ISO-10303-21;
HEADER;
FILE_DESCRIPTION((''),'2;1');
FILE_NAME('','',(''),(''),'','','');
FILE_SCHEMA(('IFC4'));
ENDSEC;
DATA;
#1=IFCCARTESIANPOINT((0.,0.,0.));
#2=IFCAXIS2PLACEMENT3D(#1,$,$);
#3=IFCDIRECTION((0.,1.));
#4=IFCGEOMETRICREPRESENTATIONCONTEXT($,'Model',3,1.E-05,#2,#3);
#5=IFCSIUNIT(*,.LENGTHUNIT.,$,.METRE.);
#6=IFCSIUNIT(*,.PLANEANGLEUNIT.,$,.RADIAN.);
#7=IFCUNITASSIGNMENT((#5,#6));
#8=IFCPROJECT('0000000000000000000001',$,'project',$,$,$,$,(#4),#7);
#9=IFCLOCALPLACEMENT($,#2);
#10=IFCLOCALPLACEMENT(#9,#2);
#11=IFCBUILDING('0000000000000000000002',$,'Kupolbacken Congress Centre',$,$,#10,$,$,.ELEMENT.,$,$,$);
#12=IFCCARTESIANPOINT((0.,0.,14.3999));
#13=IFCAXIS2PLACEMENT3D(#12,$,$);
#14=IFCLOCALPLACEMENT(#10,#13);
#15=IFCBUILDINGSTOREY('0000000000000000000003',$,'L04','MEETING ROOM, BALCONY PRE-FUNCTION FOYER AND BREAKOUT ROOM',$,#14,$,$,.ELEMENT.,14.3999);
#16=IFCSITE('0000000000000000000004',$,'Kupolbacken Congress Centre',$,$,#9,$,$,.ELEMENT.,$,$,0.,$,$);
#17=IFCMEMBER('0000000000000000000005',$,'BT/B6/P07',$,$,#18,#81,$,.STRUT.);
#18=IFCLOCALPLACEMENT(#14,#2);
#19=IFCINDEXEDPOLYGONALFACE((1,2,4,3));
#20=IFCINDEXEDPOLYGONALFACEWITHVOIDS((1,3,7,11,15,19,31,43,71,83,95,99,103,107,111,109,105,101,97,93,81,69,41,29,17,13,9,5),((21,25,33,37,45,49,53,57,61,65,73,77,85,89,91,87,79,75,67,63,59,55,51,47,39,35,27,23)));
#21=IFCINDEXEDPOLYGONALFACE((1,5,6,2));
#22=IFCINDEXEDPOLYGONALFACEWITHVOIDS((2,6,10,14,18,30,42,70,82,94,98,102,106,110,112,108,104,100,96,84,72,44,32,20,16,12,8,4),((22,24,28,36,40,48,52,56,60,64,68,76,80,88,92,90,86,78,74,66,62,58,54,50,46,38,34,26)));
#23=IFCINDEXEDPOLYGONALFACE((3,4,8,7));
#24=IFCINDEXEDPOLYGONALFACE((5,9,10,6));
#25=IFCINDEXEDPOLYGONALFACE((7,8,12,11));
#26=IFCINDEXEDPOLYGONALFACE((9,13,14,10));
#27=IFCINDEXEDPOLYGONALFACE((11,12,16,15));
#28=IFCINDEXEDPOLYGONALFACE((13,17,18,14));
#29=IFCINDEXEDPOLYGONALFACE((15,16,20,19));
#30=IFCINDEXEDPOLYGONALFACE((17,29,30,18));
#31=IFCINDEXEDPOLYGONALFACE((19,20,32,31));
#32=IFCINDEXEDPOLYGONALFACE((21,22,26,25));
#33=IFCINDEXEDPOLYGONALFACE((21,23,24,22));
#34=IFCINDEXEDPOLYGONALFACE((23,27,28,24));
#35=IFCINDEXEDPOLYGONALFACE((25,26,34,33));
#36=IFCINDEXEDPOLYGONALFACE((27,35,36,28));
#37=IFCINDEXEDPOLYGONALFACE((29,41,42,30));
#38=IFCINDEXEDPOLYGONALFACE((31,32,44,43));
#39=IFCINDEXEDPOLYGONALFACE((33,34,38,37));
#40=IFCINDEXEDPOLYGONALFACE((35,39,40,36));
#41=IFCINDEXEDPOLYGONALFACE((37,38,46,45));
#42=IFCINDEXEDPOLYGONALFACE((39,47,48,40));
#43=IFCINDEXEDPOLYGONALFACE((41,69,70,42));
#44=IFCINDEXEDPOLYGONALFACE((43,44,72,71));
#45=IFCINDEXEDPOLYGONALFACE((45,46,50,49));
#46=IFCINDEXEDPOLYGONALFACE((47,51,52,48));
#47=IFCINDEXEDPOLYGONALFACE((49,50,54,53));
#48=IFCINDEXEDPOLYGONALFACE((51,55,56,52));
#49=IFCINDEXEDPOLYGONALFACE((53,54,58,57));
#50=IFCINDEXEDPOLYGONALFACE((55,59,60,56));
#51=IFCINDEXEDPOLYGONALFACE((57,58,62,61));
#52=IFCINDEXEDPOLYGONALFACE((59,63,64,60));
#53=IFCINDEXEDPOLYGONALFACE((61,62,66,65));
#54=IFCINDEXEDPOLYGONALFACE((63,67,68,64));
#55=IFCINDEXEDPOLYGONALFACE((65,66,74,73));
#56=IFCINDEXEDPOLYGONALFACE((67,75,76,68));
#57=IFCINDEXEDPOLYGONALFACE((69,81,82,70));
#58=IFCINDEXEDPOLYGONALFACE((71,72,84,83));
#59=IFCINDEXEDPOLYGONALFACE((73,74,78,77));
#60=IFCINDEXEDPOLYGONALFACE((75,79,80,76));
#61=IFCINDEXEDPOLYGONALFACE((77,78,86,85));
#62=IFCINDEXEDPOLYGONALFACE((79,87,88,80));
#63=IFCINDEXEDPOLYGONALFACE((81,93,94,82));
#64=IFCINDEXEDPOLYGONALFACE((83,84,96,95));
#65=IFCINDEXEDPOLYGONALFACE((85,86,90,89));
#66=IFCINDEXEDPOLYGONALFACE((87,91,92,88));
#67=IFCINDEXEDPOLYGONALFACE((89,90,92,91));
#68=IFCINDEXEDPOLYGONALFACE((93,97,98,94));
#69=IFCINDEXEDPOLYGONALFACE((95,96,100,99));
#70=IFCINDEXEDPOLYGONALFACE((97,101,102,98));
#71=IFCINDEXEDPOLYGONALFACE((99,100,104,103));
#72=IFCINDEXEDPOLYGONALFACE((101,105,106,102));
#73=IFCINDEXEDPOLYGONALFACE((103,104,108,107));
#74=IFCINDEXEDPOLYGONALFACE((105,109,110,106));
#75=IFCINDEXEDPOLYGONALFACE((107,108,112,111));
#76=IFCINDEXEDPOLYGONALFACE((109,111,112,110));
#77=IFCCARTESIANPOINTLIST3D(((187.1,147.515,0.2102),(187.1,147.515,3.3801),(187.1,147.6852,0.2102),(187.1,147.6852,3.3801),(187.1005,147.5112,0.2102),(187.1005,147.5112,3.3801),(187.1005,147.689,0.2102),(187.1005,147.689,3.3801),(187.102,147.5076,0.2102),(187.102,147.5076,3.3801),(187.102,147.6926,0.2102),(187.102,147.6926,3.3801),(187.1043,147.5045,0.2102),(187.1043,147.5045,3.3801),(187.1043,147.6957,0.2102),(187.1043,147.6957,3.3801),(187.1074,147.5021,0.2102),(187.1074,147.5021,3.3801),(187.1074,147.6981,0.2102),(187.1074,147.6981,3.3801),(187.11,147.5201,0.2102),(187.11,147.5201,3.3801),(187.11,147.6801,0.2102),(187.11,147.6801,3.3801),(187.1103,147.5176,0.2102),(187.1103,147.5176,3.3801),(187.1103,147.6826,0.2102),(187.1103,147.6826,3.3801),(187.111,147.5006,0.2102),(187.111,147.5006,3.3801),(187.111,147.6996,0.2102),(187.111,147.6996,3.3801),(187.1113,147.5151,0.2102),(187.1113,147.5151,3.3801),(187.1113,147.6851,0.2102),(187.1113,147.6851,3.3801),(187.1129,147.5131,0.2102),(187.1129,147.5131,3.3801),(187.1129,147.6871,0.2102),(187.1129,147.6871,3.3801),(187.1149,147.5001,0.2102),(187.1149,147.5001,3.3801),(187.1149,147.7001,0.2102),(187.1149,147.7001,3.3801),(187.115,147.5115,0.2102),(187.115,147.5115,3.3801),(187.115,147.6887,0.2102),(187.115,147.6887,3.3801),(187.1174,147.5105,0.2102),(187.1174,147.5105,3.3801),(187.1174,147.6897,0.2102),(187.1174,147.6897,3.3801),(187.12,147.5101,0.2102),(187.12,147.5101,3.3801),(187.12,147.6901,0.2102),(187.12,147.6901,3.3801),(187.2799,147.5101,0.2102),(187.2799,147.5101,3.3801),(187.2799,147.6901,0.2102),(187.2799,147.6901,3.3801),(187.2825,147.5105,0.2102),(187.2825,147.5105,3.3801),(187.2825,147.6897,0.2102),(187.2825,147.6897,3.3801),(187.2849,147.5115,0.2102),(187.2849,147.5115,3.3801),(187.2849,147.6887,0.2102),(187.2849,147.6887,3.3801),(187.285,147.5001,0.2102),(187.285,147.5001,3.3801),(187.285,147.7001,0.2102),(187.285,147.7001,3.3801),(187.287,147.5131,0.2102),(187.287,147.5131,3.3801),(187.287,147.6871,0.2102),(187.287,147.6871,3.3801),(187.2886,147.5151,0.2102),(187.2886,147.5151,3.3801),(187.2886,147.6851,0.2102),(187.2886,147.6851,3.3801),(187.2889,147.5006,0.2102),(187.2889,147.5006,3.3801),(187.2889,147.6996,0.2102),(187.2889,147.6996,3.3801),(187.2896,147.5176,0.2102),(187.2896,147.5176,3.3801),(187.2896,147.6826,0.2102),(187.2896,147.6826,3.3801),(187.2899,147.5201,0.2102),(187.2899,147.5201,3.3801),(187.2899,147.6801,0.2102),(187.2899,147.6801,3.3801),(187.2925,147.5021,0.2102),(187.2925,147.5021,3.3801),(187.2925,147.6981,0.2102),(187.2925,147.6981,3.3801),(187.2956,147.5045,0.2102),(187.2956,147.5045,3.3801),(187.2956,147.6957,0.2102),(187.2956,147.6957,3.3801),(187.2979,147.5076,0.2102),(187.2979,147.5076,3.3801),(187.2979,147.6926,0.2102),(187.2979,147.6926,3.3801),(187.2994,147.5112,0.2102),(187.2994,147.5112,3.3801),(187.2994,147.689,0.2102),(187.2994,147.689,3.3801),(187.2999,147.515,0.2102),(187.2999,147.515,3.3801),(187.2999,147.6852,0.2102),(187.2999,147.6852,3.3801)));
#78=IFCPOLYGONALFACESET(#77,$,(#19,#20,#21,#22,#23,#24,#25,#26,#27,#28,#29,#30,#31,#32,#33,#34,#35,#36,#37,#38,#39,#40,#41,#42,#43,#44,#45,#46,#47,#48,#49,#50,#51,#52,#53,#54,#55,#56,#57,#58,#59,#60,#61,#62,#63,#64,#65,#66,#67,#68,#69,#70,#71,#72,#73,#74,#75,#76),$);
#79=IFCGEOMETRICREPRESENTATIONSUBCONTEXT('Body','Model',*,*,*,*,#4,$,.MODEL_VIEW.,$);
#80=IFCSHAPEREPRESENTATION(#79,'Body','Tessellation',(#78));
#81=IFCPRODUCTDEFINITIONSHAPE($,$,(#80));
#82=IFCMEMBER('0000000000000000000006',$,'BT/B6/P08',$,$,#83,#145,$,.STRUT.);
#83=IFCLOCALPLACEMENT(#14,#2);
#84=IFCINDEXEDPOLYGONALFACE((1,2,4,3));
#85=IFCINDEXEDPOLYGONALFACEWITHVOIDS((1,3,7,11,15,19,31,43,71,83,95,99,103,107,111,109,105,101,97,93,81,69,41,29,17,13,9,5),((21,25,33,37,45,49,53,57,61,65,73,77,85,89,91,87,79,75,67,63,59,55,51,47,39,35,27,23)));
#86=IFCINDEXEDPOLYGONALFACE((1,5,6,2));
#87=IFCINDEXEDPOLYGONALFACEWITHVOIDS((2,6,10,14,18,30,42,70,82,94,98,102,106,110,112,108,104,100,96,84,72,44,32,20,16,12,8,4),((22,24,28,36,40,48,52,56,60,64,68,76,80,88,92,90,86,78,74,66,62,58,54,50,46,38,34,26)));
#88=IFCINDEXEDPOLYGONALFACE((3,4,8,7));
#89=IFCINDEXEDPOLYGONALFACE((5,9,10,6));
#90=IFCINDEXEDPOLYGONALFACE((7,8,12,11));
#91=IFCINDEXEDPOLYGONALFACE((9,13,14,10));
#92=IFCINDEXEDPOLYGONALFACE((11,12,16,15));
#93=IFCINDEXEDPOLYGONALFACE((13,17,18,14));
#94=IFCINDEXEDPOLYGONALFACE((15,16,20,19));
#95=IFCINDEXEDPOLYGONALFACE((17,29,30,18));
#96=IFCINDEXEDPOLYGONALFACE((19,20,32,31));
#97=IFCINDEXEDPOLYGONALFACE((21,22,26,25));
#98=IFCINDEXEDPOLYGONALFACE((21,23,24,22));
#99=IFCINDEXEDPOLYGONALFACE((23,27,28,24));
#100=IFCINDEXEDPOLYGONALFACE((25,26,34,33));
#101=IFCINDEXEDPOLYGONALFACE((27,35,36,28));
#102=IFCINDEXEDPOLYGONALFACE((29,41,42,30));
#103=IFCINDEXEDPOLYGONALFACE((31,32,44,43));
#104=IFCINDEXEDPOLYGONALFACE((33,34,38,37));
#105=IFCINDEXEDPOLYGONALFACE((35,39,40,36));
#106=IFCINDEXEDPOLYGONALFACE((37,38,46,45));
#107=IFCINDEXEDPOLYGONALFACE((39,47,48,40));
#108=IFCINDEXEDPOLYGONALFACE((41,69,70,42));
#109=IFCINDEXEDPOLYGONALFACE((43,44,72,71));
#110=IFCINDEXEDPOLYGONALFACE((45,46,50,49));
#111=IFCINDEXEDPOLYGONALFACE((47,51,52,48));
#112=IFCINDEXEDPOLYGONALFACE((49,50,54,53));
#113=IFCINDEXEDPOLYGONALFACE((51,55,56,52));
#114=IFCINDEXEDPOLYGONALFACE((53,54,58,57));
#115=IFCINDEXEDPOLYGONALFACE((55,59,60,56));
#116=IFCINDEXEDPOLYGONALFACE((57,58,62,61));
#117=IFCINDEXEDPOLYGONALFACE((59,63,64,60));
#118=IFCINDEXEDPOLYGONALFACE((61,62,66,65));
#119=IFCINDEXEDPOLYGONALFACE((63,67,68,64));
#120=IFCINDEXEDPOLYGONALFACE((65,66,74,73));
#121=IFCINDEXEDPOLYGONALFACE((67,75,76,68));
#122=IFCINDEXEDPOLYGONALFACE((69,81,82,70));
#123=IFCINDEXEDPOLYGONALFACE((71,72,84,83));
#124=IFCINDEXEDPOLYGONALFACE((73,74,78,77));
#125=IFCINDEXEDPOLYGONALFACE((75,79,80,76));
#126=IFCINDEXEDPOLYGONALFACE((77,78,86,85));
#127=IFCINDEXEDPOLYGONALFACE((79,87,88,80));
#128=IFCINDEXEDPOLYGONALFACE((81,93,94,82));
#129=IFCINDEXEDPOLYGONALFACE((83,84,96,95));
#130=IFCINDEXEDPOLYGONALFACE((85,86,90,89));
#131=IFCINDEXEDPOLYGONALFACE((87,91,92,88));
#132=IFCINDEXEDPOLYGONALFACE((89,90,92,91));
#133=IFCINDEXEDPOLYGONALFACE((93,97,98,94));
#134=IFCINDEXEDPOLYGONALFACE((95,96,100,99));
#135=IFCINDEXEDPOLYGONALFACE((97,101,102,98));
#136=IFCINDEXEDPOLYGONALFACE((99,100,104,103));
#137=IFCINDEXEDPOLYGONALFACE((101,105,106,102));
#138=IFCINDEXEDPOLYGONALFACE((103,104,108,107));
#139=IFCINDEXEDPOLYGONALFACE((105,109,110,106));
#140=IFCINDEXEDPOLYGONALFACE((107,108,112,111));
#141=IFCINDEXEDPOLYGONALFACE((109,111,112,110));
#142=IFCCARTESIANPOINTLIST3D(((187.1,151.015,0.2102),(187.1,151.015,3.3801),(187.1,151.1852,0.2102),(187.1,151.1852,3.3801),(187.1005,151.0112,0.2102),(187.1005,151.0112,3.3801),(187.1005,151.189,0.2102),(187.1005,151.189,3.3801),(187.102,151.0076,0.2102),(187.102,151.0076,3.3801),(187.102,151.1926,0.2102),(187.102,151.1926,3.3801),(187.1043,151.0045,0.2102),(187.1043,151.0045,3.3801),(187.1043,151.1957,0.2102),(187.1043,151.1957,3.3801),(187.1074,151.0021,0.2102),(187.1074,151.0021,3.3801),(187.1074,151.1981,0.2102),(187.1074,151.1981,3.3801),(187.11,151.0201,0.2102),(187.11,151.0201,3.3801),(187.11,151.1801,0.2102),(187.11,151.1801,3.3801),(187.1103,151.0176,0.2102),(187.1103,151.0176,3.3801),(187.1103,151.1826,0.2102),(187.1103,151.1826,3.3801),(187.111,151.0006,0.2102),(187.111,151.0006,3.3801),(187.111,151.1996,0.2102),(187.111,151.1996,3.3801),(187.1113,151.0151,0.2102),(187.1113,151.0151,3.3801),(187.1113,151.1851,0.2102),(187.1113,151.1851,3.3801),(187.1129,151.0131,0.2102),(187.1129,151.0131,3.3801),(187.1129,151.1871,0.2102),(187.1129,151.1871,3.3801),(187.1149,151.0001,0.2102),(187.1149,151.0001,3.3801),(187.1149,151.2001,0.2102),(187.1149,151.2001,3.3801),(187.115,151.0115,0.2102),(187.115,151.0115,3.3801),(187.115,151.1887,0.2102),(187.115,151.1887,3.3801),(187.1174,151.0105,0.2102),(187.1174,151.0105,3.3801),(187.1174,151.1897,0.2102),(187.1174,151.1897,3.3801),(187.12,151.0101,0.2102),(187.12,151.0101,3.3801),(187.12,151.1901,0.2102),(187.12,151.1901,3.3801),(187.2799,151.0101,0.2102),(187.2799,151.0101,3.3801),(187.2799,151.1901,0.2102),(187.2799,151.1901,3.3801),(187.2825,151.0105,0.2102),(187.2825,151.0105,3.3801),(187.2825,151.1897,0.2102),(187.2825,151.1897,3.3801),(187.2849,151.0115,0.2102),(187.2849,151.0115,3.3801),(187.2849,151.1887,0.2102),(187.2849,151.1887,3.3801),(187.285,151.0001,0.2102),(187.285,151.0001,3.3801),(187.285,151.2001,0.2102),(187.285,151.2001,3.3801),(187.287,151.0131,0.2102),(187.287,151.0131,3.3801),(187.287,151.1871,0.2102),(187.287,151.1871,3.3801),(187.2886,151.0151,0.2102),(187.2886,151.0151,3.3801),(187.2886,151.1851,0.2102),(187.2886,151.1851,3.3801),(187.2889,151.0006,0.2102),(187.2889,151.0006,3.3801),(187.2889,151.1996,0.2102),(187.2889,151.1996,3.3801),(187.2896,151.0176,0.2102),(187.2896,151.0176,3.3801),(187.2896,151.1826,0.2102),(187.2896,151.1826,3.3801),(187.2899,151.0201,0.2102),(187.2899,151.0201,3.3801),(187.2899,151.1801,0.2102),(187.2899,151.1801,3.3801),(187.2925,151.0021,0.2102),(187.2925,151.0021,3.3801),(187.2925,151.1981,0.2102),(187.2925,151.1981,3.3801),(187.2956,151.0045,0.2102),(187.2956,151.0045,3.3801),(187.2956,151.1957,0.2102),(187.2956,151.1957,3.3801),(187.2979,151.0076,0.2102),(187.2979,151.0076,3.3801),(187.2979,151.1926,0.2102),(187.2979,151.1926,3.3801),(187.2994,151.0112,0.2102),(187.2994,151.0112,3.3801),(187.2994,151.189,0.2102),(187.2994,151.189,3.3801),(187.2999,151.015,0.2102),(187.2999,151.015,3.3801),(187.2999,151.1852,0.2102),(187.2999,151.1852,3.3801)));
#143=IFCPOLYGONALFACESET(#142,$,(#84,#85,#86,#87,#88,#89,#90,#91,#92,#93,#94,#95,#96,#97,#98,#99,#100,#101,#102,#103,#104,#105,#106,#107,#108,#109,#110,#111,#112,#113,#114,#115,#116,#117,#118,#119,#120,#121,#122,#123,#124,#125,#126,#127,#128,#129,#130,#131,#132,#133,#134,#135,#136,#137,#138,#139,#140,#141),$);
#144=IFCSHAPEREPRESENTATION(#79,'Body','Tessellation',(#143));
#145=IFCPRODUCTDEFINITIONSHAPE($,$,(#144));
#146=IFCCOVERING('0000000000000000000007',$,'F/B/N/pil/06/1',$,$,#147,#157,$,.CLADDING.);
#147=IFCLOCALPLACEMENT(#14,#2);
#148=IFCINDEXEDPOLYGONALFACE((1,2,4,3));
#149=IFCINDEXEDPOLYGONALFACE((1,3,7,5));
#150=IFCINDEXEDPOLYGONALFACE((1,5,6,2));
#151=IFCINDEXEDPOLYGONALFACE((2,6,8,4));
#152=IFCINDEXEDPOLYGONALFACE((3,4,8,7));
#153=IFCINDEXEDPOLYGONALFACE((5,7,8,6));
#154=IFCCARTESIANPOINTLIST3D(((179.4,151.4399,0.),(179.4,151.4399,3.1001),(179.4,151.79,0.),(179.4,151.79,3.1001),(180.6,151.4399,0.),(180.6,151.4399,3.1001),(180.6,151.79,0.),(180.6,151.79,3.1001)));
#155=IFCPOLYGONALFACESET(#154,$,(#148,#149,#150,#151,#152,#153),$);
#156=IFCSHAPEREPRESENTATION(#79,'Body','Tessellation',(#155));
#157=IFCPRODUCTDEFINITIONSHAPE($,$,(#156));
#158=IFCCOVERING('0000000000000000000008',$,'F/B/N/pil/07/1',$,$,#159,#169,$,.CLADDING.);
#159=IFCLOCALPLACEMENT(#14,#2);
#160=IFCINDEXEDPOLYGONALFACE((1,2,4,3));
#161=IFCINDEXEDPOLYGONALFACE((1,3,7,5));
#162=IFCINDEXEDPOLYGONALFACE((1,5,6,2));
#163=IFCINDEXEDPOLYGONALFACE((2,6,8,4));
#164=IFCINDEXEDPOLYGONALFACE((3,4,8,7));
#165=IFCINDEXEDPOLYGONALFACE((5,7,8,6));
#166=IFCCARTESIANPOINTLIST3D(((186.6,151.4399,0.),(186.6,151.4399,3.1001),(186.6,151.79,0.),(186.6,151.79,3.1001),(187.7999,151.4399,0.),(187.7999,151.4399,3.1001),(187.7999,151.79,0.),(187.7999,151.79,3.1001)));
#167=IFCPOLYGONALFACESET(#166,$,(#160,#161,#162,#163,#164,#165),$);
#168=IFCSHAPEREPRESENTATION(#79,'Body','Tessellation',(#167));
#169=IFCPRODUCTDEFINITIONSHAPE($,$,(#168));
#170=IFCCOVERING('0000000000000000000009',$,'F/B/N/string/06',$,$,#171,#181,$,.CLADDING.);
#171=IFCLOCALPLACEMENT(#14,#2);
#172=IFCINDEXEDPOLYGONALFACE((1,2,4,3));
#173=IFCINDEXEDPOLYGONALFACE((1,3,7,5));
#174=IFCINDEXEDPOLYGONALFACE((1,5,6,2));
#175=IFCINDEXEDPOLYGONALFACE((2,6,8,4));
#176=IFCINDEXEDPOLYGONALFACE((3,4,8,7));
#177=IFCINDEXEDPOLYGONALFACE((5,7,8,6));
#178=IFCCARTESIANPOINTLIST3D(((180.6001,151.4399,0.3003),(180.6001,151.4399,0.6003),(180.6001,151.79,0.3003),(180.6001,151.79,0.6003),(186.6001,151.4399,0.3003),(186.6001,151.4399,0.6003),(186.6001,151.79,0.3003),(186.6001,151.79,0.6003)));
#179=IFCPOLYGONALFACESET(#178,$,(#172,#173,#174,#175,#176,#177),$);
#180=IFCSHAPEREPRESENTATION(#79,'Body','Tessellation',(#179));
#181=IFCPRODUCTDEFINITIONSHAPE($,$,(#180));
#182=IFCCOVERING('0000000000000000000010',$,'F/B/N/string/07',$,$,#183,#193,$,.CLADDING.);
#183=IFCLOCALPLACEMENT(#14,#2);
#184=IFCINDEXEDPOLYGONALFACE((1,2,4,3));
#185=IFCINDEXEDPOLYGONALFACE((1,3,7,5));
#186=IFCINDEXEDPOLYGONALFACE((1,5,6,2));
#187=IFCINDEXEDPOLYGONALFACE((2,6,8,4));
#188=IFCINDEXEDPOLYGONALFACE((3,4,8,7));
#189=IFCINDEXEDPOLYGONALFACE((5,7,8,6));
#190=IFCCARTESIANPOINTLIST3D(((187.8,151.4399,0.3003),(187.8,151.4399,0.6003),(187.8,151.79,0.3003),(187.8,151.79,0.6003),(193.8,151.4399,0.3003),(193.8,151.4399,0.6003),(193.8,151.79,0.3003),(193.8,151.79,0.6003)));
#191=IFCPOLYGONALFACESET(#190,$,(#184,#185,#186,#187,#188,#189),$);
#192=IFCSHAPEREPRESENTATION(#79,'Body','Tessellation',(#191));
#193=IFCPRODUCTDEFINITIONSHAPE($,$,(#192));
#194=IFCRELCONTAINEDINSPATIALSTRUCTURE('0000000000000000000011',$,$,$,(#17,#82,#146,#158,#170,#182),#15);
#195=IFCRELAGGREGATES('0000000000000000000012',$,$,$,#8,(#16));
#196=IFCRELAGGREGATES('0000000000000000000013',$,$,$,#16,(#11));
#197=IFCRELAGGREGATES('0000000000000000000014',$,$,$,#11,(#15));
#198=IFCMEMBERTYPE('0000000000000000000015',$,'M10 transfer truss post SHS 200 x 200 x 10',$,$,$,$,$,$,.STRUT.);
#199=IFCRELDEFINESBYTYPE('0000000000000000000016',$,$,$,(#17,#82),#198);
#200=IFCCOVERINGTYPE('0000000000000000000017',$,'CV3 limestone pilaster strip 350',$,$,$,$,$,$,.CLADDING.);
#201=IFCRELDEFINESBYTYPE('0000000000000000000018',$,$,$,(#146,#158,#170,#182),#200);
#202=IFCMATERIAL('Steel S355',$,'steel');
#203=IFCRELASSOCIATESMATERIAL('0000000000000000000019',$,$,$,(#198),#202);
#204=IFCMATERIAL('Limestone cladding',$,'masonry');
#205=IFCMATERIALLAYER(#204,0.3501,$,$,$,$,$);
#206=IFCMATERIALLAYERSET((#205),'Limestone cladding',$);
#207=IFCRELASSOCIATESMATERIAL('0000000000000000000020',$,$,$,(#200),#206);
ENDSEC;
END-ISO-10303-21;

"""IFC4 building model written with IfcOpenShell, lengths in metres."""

from ifc_helpers import new_model, si_unit, direction, frame, origin, origin_2d, place, context, subcontext, project, spatial, rectangle, hollow_rectangle, extrude, material, layer, layer_set, material_profile, profile_set, type_object, element, save


model = new_model("IFC4")

# Units and contexts
model_context = context("Model", 3, precision=1e-05, world=origin(), true_north=direction((0.0, 1.0)))
body_context = subcontext(model_context, "Body", "Model", "MODEL_VIEW")
ifc_project = project(units=[si_unit("LENGTHUNIT", "METRE"), si_unit("PLANEANGLEUNIT", "RADIAN")], contexts=[model_context])

# Site, building, storey
site_placement = place(None, origin())
site = spatial("IfcSite", under=ifc_project, at=site_placement, Name="Kupolbacken Congress Centre", CompositionType="ELEMENT", RefElevation=0.0)
building_placement = place(site_placement, origin())
building = spatial("IfcBuilding", under=site, at=building_placement, Name="Kupolbacken Congress Centre", CompositionType="ELEMENT")
storey_placement = place(building_placement, frame((0.0, 0.0, 14.3999)))
storey = spatial("IfcBuildingStorey", under=building, at=storey_placement, Name="L04", Description="MEETING ROOM, BALCONY PRE-FUNCTION FOYER AND BREAKOUT ROOM", CompositionType="ELEMENT", Elevation=14.3999)

# Members
ifc_material_1 = material(Name="Steel S355", Category="steel")
ifc_material_profile_1 = material_profile(ifc_material_1, hollow_rectangle(XDim=0.2, YDim=0.2, WallThickness=0.01, InnerFilletRadius=0.01, OuterFilletRadius=0.0149, at=origin_2d()), Name="SHS 200 x 200 x 10")
ifc_profile_set_1 = profile_set([ifc_material_profile_1], Name="Steel S355")
member_type_1 = type_object("IfcMemberType", Name="M10 transfer truss post SHS 200 x 200 x 10", PredefinedType="STRUT", material=ifc_profile_set_1)
for number, where, z_axis, x_axis, name in (
    (1, (187.2, 147.6001, 0.2102), (0.0, 0.0, 1.0), (0.0, 1.0, 0.0), "BT/B6/P07"),
    (2, (187.2, 151.1001, 0.2102), (0.0, 0.0, 1.0), (0.0, 1.0, 0.0), "BT/B6/P08"),
):
    element("IfcMember", number, at=place(storey_placement, frame(where, z_axis=z_axis, x_axis=x_axis)), inside=storey, type_object=member_type_1, Name=name, PredefinedType="STRUT", context=body_context, shape_type="SweptSolid", body=[
        extrude(hollow_rectangle(XDim=0.2, YDim=0.2, WallThickness=0.01, InnerFilletRadius=0.01, OuterFilletRadius=0.0149, at=origin_2d()), origin(), (0.0, 0.0, 1.0), 3.1699),
    ])

# Coverings
ifc_material_2 = material(Name="Limestone cladding", Category="masonry")
ifc_layer = layer(ifc_material_2, 0.3501)
ifc_layer_set = layer_set([ifc_layer], Name="Limestone cladding")
covering_type = type_object("IfcCoveringType", Name="CV3 limestone pilaster strip 350", PredefinedType="CLADDING", material=ifc_layer_set)
for number, where, z_axis, x_axis, name in (
    (3, (180.0, 151.615, 0.0), (0.0, 0.0, 1.0), (1.0, 0.0, 0.0), "F/B/N/pil/06/1"),
    (4, (187.2, 151.615, 0.0), (0.0, 0.0, 1.0), (1.0, 0.0, 0.0), "F/B/N/pil/07/1"),
):
    element("IfcCovering", number, at=place(storey_placement, frame(where, z_axis=z_axis, x_axis=x_axis)), inside=storey, type_object=covering_type, Name=name, PredefinedType="CLADDING", context=body_context, shape_type="SweptSolid", body=[
        extrude(rectangle(XDim=1.2, YDim=0.3501, at=origin_2d()), origin(), (0.0, 0.0, 1.0), 3.1001),
    ])
for number, where, z_axis, x_axis, name in (
    (5, (183.6001, 151.615, 0.3003), (0.0, 0.0, 1.0), (1.0, 0.0, 0.0), "F/B/N/string/06"),
    (6, (190.8, 151.615, 0.3003), (0.0, 0.0, 1.0), (1.0, 0.0, 0.0), "F/B/N/string/07"),
):
    element("IfcCovering", number, at=place(storey_placement, frame(where, z_axis=z_axis, x_axis=x_axis)), inside=storey, type_object=covering_type, Name=name, PredefinedType="CLADDING", context=body_context, shape_type="SweptSolid", body=[
        extrude(rectangle(XDim=6.0, YDim=0.3501, at=origin_2d()), origin(), (0.0, 0.0, 1.0), 0.3),
    ])

save(model, "model.ifc")
